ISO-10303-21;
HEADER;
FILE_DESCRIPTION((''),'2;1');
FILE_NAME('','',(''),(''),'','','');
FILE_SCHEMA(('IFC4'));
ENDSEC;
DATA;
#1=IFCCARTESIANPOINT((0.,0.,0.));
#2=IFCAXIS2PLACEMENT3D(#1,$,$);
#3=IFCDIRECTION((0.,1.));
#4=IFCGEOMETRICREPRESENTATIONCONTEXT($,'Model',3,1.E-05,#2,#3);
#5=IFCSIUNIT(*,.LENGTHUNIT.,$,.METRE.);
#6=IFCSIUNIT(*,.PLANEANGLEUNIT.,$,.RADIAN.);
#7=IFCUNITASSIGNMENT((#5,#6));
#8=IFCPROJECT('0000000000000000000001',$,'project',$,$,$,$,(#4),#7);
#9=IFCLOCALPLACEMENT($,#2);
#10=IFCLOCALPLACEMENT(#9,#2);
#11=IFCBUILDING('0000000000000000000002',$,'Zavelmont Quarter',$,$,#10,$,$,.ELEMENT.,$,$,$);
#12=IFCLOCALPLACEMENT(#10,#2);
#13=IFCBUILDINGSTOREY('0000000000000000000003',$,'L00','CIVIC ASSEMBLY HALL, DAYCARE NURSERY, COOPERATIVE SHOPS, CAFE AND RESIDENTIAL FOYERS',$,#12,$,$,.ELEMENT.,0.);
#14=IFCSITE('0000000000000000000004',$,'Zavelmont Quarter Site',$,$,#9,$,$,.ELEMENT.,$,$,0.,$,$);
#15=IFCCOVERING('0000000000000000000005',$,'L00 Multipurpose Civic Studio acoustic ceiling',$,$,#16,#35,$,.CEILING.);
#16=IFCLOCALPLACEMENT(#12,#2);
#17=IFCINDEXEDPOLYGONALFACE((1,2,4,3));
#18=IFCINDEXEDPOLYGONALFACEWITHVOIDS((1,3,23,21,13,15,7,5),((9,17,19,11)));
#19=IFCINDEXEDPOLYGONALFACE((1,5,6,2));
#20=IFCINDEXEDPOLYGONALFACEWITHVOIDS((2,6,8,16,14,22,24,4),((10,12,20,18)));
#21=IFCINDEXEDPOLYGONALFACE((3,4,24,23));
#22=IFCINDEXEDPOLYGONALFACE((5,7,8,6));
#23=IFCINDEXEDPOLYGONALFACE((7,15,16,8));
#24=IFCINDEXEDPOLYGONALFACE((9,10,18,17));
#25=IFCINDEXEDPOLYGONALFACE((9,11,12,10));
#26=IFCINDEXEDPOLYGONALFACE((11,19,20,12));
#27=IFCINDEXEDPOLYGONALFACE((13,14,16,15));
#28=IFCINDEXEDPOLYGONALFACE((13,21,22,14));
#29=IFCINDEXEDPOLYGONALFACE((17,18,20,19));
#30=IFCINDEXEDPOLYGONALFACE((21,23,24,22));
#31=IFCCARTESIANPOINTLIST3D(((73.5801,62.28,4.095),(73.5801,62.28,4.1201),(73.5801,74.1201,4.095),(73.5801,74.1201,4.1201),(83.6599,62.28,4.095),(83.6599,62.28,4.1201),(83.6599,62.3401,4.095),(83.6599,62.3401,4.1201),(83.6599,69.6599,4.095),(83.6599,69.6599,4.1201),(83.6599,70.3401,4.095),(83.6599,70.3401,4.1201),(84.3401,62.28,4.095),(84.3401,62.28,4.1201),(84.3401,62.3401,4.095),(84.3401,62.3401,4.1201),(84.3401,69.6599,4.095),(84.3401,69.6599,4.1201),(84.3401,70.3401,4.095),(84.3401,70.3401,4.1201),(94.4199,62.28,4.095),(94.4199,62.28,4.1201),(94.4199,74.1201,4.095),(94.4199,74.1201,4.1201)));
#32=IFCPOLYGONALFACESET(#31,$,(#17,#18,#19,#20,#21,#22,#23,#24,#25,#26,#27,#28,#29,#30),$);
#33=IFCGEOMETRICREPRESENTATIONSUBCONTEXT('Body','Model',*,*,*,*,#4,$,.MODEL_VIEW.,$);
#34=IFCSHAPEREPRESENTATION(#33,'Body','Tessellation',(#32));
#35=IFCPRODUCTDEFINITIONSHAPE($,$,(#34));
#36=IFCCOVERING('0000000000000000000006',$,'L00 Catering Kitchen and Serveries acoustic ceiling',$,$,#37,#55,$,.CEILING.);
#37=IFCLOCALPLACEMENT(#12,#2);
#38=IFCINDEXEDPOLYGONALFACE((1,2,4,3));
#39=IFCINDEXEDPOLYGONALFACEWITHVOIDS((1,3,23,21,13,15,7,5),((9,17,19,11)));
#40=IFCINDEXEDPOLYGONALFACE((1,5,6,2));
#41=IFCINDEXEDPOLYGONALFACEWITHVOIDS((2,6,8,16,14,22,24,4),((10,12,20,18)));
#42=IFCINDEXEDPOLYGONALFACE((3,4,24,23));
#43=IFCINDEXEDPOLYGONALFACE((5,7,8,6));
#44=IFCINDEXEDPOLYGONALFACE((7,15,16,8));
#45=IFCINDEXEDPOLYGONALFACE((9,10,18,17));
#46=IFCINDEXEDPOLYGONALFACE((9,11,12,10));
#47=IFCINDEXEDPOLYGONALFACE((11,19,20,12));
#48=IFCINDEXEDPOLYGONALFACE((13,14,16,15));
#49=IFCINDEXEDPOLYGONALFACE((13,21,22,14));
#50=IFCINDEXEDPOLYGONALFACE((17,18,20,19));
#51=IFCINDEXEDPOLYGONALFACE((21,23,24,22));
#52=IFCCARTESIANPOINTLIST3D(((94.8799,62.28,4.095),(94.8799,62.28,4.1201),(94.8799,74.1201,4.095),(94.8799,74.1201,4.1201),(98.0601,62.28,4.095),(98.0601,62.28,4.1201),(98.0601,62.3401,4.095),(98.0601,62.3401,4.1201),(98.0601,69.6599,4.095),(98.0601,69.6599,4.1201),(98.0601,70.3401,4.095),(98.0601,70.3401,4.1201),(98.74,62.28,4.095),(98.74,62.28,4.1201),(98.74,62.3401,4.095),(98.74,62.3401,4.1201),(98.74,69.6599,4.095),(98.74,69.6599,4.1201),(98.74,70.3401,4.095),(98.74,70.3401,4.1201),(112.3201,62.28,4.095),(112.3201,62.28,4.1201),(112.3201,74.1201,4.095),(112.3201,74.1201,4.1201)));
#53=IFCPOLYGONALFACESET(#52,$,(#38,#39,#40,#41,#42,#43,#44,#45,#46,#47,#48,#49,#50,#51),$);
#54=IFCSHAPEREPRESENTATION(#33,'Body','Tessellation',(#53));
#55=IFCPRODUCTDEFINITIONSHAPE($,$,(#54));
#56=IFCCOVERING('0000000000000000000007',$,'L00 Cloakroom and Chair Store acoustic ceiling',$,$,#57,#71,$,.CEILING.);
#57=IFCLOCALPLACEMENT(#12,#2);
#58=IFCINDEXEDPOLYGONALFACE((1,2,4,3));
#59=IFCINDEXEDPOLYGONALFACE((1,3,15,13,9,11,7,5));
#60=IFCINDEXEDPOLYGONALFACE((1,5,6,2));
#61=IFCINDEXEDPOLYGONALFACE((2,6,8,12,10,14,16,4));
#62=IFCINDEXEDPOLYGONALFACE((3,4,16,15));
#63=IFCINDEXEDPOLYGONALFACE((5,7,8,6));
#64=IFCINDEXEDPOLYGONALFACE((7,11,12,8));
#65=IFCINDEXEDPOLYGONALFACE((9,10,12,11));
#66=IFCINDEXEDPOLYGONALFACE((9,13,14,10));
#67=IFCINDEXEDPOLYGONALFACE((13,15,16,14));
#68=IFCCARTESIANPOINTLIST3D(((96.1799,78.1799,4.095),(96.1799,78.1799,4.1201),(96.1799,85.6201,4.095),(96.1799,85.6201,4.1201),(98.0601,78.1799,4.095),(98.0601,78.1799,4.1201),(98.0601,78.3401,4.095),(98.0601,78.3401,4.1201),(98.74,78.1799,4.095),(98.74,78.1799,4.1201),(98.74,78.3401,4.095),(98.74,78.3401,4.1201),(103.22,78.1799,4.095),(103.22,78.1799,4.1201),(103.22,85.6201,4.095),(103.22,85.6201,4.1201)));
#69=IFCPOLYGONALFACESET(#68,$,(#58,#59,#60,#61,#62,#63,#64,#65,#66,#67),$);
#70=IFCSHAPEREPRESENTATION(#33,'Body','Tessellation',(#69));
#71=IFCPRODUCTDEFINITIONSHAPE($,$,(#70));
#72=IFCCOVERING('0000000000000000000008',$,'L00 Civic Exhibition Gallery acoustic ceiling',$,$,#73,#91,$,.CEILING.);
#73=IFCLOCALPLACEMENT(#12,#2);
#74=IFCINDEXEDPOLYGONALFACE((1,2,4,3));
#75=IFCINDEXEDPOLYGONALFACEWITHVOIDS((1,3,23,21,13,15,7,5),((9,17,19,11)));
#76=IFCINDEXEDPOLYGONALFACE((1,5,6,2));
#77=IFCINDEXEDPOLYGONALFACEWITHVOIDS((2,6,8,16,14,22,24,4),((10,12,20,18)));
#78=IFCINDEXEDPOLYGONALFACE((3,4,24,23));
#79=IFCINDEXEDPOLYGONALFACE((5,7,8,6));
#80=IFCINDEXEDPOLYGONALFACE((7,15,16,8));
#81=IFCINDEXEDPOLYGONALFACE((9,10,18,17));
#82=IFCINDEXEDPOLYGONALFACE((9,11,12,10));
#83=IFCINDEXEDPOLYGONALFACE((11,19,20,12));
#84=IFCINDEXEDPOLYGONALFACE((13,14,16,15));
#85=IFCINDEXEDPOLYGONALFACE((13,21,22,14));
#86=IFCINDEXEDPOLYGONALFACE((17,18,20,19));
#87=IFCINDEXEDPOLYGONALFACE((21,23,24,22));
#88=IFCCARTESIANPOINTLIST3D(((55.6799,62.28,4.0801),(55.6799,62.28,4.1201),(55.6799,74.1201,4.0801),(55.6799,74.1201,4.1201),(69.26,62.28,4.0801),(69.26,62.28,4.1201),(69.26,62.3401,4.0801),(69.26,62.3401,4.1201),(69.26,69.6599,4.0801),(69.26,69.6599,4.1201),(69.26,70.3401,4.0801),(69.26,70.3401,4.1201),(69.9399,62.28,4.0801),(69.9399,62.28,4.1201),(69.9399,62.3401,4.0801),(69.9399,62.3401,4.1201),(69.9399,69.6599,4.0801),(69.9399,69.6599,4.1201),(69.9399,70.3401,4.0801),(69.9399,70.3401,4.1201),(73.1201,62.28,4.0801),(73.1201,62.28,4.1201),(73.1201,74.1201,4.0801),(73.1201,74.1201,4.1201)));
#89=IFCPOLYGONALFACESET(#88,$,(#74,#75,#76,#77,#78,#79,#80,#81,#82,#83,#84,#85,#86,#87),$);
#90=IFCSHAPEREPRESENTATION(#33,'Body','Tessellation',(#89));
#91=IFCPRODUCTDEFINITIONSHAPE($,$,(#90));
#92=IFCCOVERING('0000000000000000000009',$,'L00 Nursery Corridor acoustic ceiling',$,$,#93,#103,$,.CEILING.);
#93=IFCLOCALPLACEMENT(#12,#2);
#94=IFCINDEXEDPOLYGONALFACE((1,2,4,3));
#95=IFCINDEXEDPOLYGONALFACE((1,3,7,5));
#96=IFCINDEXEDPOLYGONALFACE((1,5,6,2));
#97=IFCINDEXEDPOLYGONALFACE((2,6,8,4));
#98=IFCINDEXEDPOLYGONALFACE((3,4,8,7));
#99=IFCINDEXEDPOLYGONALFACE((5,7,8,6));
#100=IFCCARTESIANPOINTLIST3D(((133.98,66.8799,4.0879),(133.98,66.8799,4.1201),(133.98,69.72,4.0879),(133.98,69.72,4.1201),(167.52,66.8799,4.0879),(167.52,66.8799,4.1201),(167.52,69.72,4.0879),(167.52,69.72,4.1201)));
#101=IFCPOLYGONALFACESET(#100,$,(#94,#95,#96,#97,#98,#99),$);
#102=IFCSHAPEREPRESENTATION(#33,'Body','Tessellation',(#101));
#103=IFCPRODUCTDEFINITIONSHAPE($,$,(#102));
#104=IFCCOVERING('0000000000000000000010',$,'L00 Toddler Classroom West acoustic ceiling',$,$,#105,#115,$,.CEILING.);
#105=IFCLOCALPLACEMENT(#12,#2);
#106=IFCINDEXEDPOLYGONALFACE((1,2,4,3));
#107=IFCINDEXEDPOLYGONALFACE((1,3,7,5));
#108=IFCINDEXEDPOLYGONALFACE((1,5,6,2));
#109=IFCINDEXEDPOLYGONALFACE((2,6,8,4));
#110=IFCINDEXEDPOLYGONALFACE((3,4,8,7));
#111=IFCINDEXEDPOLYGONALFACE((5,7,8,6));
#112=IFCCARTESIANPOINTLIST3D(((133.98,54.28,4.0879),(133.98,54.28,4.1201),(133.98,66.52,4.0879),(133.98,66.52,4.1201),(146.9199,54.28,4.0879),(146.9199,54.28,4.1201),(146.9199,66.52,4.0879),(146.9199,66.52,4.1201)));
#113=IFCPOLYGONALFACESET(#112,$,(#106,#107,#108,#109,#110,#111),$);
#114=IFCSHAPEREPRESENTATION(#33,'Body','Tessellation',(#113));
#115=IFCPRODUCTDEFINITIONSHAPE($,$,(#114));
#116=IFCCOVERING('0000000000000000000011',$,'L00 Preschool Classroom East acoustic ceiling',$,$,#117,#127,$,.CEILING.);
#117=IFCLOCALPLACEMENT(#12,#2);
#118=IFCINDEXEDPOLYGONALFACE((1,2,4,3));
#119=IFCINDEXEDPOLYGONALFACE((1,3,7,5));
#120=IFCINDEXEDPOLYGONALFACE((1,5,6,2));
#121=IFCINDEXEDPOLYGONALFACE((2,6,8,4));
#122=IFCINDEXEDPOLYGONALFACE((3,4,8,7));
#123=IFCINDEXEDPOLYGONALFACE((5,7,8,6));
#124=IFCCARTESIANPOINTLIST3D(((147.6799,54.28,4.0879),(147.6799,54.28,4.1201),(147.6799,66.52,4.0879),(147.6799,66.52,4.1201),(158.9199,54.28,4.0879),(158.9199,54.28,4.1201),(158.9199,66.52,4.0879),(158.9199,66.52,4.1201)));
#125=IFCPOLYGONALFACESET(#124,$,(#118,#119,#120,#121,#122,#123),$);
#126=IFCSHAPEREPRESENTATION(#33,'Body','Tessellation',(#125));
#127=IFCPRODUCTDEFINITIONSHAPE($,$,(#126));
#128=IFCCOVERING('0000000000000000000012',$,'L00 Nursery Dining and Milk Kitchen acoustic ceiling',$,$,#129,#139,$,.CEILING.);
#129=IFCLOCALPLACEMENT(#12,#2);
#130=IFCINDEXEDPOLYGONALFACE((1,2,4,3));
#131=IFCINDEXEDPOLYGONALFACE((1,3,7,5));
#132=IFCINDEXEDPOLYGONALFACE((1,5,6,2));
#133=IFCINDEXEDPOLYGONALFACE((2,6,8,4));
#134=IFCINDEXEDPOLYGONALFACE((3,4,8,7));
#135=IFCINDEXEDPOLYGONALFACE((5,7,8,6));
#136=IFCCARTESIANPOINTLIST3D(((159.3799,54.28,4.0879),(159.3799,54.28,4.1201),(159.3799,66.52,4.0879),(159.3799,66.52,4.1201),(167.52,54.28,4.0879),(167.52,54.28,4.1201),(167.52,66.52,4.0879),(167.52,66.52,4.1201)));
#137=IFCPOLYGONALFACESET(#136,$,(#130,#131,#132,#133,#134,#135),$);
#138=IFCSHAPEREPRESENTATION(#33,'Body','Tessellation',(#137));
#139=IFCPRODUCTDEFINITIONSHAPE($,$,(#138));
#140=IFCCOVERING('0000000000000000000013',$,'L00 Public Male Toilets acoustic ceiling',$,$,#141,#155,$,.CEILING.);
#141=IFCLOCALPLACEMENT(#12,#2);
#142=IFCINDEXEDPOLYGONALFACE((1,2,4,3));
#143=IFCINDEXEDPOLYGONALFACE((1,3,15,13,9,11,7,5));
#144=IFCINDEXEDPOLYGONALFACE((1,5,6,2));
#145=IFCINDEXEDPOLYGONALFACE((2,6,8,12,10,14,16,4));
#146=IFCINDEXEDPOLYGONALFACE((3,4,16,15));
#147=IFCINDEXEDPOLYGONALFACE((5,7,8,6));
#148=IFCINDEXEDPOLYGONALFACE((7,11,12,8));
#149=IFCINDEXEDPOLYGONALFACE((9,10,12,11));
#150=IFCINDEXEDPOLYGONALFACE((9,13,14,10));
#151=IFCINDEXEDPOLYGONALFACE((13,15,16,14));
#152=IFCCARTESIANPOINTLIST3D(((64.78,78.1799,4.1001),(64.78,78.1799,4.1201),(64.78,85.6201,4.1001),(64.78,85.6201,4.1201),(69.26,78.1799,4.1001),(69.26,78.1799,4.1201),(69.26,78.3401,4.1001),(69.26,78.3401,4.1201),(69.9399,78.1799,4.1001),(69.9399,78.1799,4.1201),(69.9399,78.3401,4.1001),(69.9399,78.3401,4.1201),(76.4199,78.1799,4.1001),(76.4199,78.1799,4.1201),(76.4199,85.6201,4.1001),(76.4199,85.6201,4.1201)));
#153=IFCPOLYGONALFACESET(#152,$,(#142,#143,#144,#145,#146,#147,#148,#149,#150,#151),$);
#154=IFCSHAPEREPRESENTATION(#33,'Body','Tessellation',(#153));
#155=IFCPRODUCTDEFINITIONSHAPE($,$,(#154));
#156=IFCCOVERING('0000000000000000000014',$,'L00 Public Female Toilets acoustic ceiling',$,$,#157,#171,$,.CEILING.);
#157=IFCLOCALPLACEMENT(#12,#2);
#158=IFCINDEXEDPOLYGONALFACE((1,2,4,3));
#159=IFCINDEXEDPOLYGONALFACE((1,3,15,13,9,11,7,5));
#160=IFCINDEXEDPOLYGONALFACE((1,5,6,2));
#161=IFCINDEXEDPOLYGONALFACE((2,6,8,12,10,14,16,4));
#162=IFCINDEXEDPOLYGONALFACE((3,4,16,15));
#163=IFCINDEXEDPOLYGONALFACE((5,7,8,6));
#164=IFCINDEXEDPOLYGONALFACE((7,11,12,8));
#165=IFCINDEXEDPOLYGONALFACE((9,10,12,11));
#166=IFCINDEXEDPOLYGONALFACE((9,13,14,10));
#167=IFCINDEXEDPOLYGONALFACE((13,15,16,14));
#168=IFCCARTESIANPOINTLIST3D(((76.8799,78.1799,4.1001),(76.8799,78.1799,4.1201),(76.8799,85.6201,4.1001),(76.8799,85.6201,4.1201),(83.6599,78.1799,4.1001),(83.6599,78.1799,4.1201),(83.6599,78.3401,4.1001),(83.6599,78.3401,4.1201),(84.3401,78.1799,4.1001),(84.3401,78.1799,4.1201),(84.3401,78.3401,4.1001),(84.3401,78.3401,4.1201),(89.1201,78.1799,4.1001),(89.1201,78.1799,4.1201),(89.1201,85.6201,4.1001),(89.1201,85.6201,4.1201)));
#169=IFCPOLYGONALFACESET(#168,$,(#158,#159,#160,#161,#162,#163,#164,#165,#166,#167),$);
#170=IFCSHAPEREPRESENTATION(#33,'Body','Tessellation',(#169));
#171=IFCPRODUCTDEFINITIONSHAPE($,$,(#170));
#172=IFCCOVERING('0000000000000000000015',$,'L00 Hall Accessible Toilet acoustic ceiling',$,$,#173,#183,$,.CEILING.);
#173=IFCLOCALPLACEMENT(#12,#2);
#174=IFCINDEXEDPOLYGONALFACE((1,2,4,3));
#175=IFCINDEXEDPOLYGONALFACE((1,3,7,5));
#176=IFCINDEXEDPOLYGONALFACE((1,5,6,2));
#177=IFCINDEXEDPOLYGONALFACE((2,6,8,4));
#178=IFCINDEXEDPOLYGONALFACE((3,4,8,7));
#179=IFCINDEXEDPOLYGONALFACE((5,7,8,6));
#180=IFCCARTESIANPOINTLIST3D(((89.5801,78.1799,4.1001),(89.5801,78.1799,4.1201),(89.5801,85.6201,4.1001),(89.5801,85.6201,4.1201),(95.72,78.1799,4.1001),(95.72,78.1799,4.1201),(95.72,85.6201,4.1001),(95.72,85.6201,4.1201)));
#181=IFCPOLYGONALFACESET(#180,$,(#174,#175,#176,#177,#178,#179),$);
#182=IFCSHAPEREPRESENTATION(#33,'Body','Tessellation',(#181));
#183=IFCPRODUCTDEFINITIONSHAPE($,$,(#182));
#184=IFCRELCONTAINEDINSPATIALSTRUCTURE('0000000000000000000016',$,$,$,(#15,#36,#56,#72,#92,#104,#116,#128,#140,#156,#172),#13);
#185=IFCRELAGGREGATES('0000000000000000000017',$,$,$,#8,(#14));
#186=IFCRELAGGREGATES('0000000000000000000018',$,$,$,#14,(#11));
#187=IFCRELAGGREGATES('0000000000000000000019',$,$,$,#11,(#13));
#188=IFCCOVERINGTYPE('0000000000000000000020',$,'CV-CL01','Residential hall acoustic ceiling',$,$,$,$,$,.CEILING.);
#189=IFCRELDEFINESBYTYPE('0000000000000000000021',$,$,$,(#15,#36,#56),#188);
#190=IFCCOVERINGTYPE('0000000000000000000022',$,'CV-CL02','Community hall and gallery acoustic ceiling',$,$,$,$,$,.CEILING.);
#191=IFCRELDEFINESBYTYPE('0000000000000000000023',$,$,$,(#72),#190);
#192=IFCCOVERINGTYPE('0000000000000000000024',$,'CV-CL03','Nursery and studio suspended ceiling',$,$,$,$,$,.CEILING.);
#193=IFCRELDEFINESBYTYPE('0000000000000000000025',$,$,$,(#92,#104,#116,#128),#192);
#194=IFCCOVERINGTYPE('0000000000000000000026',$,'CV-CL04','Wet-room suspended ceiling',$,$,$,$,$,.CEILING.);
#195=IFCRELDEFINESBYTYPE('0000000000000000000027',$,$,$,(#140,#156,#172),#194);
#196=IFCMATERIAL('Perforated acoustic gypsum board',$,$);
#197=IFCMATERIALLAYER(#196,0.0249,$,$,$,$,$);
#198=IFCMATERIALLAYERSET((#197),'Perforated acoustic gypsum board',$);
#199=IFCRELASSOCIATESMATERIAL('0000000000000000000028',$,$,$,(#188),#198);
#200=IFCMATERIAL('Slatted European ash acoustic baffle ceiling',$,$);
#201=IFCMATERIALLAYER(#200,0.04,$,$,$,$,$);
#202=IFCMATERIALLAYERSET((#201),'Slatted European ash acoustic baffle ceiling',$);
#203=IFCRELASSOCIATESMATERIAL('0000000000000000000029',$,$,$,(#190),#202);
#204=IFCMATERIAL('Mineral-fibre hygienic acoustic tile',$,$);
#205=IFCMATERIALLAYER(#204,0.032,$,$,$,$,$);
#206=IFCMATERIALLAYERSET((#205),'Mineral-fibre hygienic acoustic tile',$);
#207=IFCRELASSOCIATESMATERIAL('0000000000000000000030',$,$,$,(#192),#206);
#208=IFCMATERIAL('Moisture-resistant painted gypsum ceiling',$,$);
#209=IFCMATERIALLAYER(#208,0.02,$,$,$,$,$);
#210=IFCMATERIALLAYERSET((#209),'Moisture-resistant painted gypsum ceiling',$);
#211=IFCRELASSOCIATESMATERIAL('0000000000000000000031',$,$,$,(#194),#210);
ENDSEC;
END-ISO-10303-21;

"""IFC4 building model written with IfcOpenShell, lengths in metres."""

from ifc_helpers import new_model, si_unit, direction, frame, origin, place, context, subcontext, project, spatial, polyline, outline, extrude, material, layer, layer_set, type_object, element, save


model = new_model("IFC4")

# Units and contexts
model_context = context("Model", 3, precision=1e-05, world=origin(), true_north=direction((0.0, 1.0)))
body_context = subcontext(model_context, "Body", "Model", "MODEL_VIEW")
ifc_project = project(units=[si_unit("LENGTHUNIT", "METRE"), si_unit("PLANEANGLEUNIT", "RADIAN")], contexts=[model_context])

# Site, building, storey
site_placement = place(None, origin())
site = spatial("IfcSite", under=ifc_project, at=site_placement, Name="Zavelmont Quarter Site", CompositionType="ELEMENT", RefElevation=0.0)
building_placement = place(site_placement, origin())
building = spatial("IfcBuilding", under=site, at=building_placement, Name="Zavelmont Quarter", CompositionType="ELEMENT")
storey_placement = place(building_placement, origin())
storey = spatial("IfcBuildingStorey", under=building, at=storey_placement, Name="L00", Description="CIVIC ASSEMBLY HALL, DAYCARE NURSERY, COOPERATIVE SHOPS, CAFE AND RESIDENTIAL FOYERS", CompositionType="ELEMENT", Elevation=0.0)

# Coverings
ifc_material_1 = material(Name="Perforated acoustic gypsum board")
ifc_layer_1 = layer(ifc_material_1, 0.0249)
ifc_layer_set_1 = layer_set([ifc_layer_1], Name="Perforated acoustic gypsum board")
covering_type_1 = type_object("IfcCoveringType", Name="CV-CL01", Description="Residential hall acoustic ceiling", PredefinedType="CEILING", material=ifc_layer_set_1)
covering_1_placement = place(storey_placement, frame((0.0, 0.0, 4.095)))
element("IfcCovering", 1, at=covering_1_placement, inside=storey, type_object=covering_type_1, Name="L00 Multipurpose Civic Studio acoustic ceiling", PredefinedType="CEILING", context=body_context, shape_type="SweptSolid", body=[
    extrude(outline(polyline([(73.5801, 74.1201), (94.4199, 74.1201), (94.4199, 62.28), (84.3401, 62.28), (84.3401, 62.3401), (83.6599, 62.3401), (83.6599, 62.28), (73.5801, 62.28), (73.5801, 74.1201)]), holes=[polyline([(84.3401, 70.3401), (83.6599, 70.3401), (83.6599, 69.6599), (84.3401, 69.6599), (84.3401, 70.3401)])]), origin(), (0.0, 0.0, 1.0), 0.0251),
])
covering_2_placement = place(storey_placement, frame((0.0, 0.0, 4.095)))
element("IfcCovering", 2, at=covering_2_placement, inside=storey, type_object=covering_type_1, Name="L00 Catering Kitchen and Serveries acoustic ceiling", PredefinedType="CEILING", context=body_context, shape_type="SweptSolid", body=[
    extrude(outline(polyline([(94.8799, 74.1201), (112.3201, 74.1201), (112.3201, 62.28), (98.74, 62.28), (98.74, 62.3401), (98.0601, 62.3401), (98.0601, 62.28), (94.8799, 62.28), (94.8799, 74.1201)]), holes=[polyline([(98.74, 70.3401), (98.0601, 70.3401), (98.0601, 69.6599), (98.74, 69.6599), (98.74, 70.3401)])]), origin(), (0.0, 0.0, 1.0), 0.0251),
])
covering_3_placement = place(storey_placement, frame((0.0, 0.0, 4.095)))
element("IfcCovering", 3, at=covering_3_placement, inside=storey, type_object=covering_type_1, Name="L00 Cloakroom and Chair Store acoustic ceiling", PredefinedType="CEILING", context=body_context, shape_type="SweptSolid", body=[
    extrude(outline(polyline([(96.1799, 85.6201), (103.22, 85.6201), (103.22, 78.1799), (98.74, 78.1799), (98.74, 78.3401), (98.0601, 78.3401), (98.0601, 78.1799), (96.1799, 78.1799), (96.1799, 85.6201)])), origin(), (0.0, 0.0, 1.0), 0.0251),
])
ifc_material_2 = material(Name="Slatted European ash acoustic baffle ceiling")
ifc_layer_2 = layer(ifc_material_2, 0.04)
ifc_layer_set_2 = layer_set([ifc_layer_2], Name="Slatted European ash acoustic baffle ceiling")
covering_type_2 = type_object("IfcCoveringType", Name="CV-CL02", Description="Community hall and gallery acoustic ceiling", PredefinedType="CEILING", material=ifc_layer_set_2)
covering_4_placement = place(storey_placement, frame((0.0, 0.0, 4.0801)))
element("IfcCovering", 4, at=covering_4_placement, inside=storey, type_object=covering_type_2, Name="L00 Civic Exhibition Gallery acoustic ceiling", PredefinedType="CEILING", context=body_context, shape_type="SweptSolid", body=[
    extrude(outline(polyline([(55.6799, 74.1201), (73.1201, 74.1201), (73.1201, 62.28), (69.9399, 62.28), (69.9399, 62.3401), (69.26, 62.3401), (69.26, 62.28), (55.6799, 62.28), (55.6799, 74.1201)]), holes=[polyline([(69.9399, 69.6599), (69.9399, 70.3401), (69.26, 70.3401), (69.26, 69.6599), (69.9399, 69.6599)])]), origin(), (0.0, 0.0, 1.0), 0.04),
])
ifc_material_3 = material(Name="Mineral-fibre hygienic acoustic tile")
ifc_layer_3 = layer(ifc_material_3, 0.032)
ifc_layer_set_3 = layer_set([ifc_layer_3], Name="Mineral-fibre hygienic acoustic tile")
covering_type_3 = type_object("IfcCoveringType", Name="CV-CL03", Description="Nursery and studio suspended ceiling", PredefinedType="CEILING", material=ifc_layer_set_3)
covering_5_placement = place(storey_placement, frame((0.0, 0.0, 4.0879)))
element("IfcCovering", 5, at=covering_5_placement, inside=storey, type_object=covering_type_3, Name="L00 Nursery Corridor acoustic ceiling", PredefinedType="CEILING", context=body_context, shape_type="SweptSolid", body=[
    extrude(outline(polyline([(133.98, 69.72), (167.52, 69.72), (167.52, 66.8799), (133.98, 66.8799), (133.98, 69.72)])), origin(), (0.0, 0.0, 1.0), 0.0322),
])
covering_6_placement = place(storey_placement, frame((0.0, 0.0, 4.0879)))
element("IfcCovering", 6, at=covering_6_placement, inside=storey, type_object=covering_type_3, Name="L00 Toddler Classroom West acoustic ceiling", PredefinedType="CEILING", context=body_context, shape_type="SweptSolid", body=[
    extrude(outline(polyline([(133.98, 66.52), (146.9199, 66.52), (146.9199, 54.28), (133.98, 54.28), (133.98, 66.52)])), origin(), (0.0, 0.0, 1.0), 0.0322),
])
covering_7_placement = place(storey_placement, frame((0.0, 0.0, 4.0879)))
element("IfcCovering", 7, at=covering_7_placement, inside=storey, type_object=covering_type_3, Name="L00 Preschool Classroom East acoustic ceiling", PredefinedType="CEILING", context=body_context, shape_type="SweptSolid", body=[
    extrude(outline(polyline([(147.6799, 66.52), (158.9199, 66.52), (158.9199, 54.28), (147.6799, 54.28), (147.6799, 66.52)])), origin(), (0.0, 0.0, 1.0), 0.0322),
])
covering_8_placement = place(storey_placement, frame((0.0, 0.0, 4.0879)))
element("IfcCovering", 8, at=covering_8_placement, inside=storey, type_object=covering_type_3, Name="L00 Nursery Dining and Milk Kitchen acoustic ceiling", PredefinedType="CEILING", context=body_context, shape_type="SweptSolid", body=[
    extrude(outline(polyline([(159.3799, 66.52), (167.52, 66.52), (167.52, 54.28), (159.3799, 54.28), (159.3799, 66.52)])), origin(), (0.0, 0.0, 1.0), 0.0322),
])
ifc_material_4 = material(Name="Moisture-resistant painted gypsum ceiling")
ifc_layer_4 = layer(ifc_material_4, 0.02)
ifc_layer_set_4 = layer_set([ifc_layer_4], Name="Moisture-resistant painted gypsum ceiling")
covering_type_4 = type_object("IfcCoveringType", Name="CV-CL04", Description="Wet-room suspended ceiling", PredefinedType="CEILING", material=ifc_layer_set_4)
covering_9_placement = place(storey_placement, frame((0.0, 0.0, 4.1001)))
element("IfcCovering", 9, at=covering_9_placement, inside=storey, type_object=covering_type_4, Name="L00 Public Male Toilets acoustic ceiling", PredefinedType="CEILING", context=body_context, shape_type="SweptSolid", body=[
    extrude(outline(polyline([(64.78, 85.6201), (76.4199, 85.6201), (76.4199, 78.1799), (69.9399, 78.1799), (69.9399, 78.3401), (69.26, 78.3401), (69.26, 78.1799), (64.78, 78.1799), (64.78, 85.6201)])), origin(), (0.0, 0.0, 1.0), 0.02),
])
covering_10_placement = place(storey_placement, frame((0.0, 0.0, 4.1001)))
element("IfcCovering", 10, at=covering_10_placement, inside=storey, type_object=covering_type_4, Name="L00 Public Female Toilets acoustic ceiling", PredefinedType="CEILING", context=body_context, shape_type="SweptSolid", body=[
    extrude(outline(polyline([(76.8799, 85.6201), (89.1201, 85.6201), (89.1201, 78.1799), (84.3401, 78.1799), (84.3401, 78.3401), (83.6599, 78.3401), (83.6599, 78.1799), (76.8799, 78.1799), (76.8799, 85.6201)])), origin(), (0.0, 0.0, 1.0), 0.02),
])
covering_11_placement = place(storey_placement, frame((0.0, 0.0, 4.1001)))
element("IfcCovering", 11, at=covering_11_placement, inside=storey, type_object=covering_type_4, Name="L00 Hall Accessible Toilet acoustic ceiling", PredefinedType="CEILING", context=body_context, shape_type="SweptSolid", body=[
    extrude(outline(polyline([(89.5801, 85.6201), (95.72, 85.6201), (95.72, 78.1799), (89.5801, 78.1799), (89.5801, 85.6201)])), origin(), (0.0, 0.0, 1.0), 0.02),
])

save(model, "model.ifc")
